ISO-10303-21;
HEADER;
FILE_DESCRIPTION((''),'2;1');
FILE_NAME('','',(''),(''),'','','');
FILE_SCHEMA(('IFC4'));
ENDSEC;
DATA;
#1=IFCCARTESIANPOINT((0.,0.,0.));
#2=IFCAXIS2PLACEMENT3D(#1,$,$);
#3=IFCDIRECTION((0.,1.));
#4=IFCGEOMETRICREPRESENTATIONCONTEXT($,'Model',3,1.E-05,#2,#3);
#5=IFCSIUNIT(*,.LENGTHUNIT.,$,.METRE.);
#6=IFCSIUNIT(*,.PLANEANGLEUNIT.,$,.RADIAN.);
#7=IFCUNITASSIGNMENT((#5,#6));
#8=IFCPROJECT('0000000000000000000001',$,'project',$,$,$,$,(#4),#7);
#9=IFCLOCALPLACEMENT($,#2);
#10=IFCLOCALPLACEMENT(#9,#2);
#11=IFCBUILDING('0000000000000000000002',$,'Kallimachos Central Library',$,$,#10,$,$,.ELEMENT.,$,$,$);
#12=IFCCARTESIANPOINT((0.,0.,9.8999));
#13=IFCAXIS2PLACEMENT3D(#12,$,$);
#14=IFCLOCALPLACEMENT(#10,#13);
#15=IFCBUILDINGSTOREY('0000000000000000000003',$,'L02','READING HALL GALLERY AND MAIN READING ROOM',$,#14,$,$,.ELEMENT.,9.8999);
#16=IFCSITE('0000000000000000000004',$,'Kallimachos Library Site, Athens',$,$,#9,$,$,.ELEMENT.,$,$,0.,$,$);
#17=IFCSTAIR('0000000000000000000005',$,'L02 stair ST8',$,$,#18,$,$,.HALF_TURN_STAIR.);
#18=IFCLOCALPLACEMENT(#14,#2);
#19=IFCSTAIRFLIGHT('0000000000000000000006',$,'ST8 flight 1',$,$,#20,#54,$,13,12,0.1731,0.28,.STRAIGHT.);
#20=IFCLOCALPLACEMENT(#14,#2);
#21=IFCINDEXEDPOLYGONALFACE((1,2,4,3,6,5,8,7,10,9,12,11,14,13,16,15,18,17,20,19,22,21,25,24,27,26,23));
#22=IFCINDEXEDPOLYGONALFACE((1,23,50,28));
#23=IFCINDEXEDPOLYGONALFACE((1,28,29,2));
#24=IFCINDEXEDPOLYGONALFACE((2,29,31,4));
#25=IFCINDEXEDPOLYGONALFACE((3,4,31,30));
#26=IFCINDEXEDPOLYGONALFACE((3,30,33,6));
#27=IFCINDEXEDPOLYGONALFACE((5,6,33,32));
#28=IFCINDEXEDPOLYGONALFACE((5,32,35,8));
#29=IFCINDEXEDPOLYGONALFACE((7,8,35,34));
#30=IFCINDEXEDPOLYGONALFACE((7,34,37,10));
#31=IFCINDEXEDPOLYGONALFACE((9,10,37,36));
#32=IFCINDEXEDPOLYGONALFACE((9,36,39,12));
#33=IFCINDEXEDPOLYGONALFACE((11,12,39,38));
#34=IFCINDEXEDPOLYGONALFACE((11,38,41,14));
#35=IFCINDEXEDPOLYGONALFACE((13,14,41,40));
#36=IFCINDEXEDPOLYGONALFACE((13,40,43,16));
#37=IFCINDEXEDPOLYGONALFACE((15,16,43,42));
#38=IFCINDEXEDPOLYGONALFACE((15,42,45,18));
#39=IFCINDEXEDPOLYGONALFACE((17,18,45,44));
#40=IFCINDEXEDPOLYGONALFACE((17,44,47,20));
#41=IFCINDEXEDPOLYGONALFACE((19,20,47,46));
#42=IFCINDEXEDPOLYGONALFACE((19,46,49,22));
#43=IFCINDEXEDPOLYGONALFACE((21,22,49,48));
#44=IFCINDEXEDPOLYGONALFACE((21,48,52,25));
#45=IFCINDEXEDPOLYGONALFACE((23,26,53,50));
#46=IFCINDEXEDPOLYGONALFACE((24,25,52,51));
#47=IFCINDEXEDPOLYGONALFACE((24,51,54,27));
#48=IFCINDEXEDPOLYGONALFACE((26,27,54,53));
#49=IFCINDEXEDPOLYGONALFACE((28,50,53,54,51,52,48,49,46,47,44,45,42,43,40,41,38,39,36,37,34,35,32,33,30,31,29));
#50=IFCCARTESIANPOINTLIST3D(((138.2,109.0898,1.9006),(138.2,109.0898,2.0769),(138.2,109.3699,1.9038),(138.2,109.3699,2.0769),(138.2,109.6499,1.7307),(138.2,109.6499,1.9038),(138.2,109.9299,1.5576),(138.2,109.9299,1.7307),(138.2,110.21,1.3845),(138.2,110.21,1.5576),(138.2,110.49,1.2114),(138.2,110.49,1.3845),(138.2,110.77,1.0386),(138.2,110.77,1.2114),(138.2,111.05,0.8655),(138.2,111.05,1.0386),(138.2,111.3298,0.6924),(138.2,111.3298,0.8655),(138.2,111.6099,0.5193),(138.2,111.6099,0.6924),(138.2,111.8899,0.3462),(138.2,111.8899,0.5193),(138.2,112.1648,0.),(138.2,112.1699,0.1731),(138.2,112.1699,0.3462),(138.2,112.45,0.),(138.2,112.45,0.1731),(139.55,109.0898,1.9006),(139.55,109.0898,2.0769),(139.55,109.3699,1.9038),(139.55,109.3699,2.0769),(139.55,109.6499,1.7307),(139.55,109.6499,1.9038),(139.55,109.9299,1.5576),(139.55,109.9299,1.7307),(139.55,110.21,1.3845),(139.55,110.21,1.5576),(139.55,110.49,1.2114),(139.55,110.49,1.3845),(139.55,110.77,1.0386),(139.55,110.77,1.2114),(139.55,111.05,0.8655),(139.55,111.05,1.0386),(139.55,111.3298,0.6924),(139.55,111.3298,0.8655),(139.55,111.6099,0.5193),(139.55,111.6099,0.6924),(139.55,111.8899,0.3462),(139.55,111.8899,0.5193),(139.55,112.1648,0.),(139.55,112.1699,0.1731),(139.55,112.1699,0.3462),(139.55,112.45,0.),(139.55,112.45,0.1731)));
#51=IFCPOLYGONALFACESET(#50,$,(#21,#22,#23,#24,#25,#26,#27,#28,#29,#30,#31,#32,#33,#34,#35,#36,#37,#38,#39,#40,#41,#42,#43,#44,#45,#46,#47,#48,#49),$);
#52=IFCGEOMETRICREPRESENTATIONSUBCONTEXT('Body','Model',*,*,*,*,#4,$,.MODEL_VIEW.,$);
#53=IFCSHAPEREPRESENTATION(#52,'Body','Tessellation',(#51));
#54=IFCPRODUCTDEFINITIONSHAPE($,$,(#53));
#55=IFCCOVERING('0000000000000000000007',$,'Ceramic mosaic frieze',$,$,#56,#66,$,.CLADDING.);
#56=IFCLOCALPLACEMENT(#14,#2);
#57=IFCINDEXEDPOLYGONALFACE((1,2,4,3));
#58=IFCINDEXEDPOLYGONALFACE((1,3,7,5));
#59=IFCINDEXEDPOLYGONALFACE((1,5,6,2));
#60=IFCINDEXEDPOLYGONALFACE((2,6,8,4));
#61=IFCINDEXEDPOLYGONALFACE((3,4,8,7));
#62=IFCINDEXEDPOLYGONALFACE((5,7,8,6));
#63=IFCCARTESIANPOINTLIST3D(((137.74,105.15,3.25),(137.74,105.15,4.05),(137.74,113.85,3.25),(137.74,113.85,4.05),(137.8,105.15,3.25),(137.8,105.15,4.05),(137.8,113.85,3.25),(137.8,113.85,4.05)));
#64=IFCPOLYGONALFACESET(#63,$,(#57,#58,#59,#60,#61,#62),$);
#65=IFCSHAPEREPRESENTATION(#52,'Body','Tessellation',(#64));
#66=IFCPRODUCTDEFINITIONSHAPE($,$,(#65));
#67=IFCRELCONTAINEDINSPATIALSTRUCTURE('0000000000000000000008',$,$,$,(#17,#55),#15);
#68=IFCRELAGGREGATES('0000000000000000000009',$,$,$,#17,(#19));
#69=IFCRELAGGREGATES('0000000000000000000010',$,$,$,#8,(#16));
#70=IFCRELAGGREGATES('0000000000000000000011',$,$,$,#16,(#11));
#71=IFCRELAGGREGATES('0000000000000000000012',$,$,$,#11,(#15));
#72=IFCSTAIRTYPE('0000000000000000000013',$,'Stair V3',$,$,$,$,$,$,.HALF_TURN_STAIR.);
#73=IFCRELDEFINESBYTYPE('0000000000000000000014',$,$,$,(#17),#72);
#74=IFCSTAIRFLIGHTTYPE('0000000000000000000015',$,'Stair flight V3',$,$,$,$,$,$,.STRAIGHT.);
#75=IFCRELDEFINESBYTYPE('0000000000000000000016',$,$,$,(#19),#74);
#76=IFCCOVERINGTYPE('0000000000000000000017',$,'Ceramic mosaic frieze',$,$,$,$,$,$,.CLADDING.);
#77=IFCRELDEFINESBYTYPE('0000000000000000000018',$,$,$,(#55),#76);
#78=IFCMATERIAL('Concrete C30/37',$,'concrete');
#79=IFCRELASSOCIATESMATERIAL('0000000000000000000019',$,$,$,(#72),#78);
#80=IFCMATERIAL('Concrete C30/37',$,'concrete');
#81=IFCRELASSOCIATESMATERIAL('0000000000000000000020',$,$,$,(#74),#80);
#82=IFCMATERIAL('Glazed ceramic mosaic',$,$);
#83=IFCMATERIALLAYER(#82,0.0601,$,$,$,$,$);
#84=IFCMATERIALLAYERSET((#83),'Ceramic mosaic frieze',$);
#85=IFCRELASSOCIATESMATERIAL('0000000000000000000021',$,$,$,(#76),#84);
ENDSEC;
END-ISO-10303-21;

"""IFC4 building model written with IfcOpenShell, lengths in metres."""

from ifc_helpers import new_model, si_unit, direction, frame, origin, origin_2d, place, context, subcontext, project, spatial, polyline, rectangle, outline, extrude, material, layer, layer_set, type_object, element, aggregate, save


model = new_model("IFC4")

# Units and contexts
model_context = context("Model", 3, precision=1e-05, world=origin(), true_north=direction((0.0, 1.0)))
body_context = subcontext(model_context, "Body", "Model", "MODEL_VIEW")
ifc_project = project(units=[si_unit("LENGTHUNIT", "METRE"), si_unit("PLANEANGLEUNIT", "RADIAN")], contexts=[model_context])

# Site, building, storey
site_placement = place(None, origin())
site = spatial("IfcSite", under=ifc_project, at=site_placement, Name="Kallimachos Library Site, Athens", CompositionType="ELEMENT", RefElevation=0.0)
building_placement = place(site_placement, origin())
building = spatial("IfcBuilding", under=site, at=building_placement, Name="Kallimachos Central Library", CompositionType="ELEMENT")
storey_placement = place(building_placement, frame((0.0, 0.0, 9.8999)))
storey = spatial("IfcBuildingStorey", under=building, at=storey_placement, Name="L02", Description="READING HALL GALLERY AND MAIN READING ROOM", CompositionType="ELEMENT", Elevation=9.8999)

# Stair, stair flight
ifc_material_1 = material(Name="Concrete C30/37", Category="concrete")
stair_type = type_object("IfcStairType", Name="Stair V3", PredefinedType="HALF_TURN_STAIR", material=ifc_material_1)
stair_placement = place(storey_placement, origin())
stair = element("IfcStair", 1, at=stair_placement, inside=storey, type_object=stair_type, Name="L02 stair ST8", PredefinedType="HALF_TURN_STAIR")
ifc_material_2 = material(Name="Concrete C30/37", Category="concrete")
stair_flight_type = type_object("IfcStairFlightType", Name="Stair flight V3", PredefinedType="STRAIGHT", material=ifc_material_2)
stair_flight_placement = place(storey_placement, frame((138.875, 112.45, 0.0), z_axis=(0.0, 0.0, 1.0), x_axis=(0.0, -1.0, 0.0)))
stair_flight = element("IfcStairFlight", 2, at=stair_flight_placement, type_object=stair_flight_type, Name="ST8 flight 1", NumberOfRisers=13, NumberOfTreads=12, PredefinedType="STRAIGHT", RiserHeight=0.1731, TreadLength=0.28, context=body_context, shape_type="SweptSolid", body=[
    extrude(outline(polyline([(0.0, 0.0), (0.0, 0.1731), (0.28, 0.1731), (0.28, 0.3462), (0.5601, 0.3462), (0.5601, 0.5193), (0.8401, 0.5193), (0.8401, 0.6924), (1.1201, 0.6924), (1.1201, 0.8655), (1.3999, 0.8655), (1.3999, 1.0386), (1.6799, 1.0386), (1.6799, 1.2114), (1.96, 1.2114), (1.96, 1.3845), (2.24, 1.3845), (2.24, 1.5576), (2.52, 1.5576), (2.52, 1.7307), (2.8, 1.7307), (2.8, 1.9038), (3.0801, 1.9038), (3.0801, 2.0769), (3.3601, 2.0769), (3.3601, 2.25), (3.3601, 1.9006), (0.2852, 0.0), (0.0, 0.0)])), frame((0.0, 0.675, 0.0), z_axis=(0.0, -1.0, 0.0), x_axis=(1.0, 0.0, 0.0)), (0.0, 0.0, 1.0), 1.3501),
])
aggregate(stair, [stair_flight])

# Covering
ifc_material_3 = material(Name="Glazed ceramic mosaic")
ifc_layer_1 = layer(ifc_material_3, 0.0601)
ifc_layer_set_1 = layer_set([ifc_layer_1], Name="Ceramic mosaic frieze")
covering_type_1 = type_object("IfcCoveringType", Name="Ceramic mosaic frieze", PredefinedType="CLADDING", material=ifc_layer_set_1)
covering_1_placement = place(storey_placement, frame((137.77, 109.5, 3.25), z_axis=(0.0, 0.0, 1.0), x_axis=(1.0, 0.0, 0.0)))
element("IfcCovering", 3, at=covering_1_placement, inside=storey, type_object=covering_type_1, Name="Ceramic mosaic frieze", PredefinedType="CLADDING", context=body_context, shape_type="SweptSolid", body=[
    extrude(rectangle(XDim=0.0601, YDim=8.7, at=origin_2d()), origin(), (0.0, 0.0, 1.0), 0.8),
])

save(model, "model.ifc")
